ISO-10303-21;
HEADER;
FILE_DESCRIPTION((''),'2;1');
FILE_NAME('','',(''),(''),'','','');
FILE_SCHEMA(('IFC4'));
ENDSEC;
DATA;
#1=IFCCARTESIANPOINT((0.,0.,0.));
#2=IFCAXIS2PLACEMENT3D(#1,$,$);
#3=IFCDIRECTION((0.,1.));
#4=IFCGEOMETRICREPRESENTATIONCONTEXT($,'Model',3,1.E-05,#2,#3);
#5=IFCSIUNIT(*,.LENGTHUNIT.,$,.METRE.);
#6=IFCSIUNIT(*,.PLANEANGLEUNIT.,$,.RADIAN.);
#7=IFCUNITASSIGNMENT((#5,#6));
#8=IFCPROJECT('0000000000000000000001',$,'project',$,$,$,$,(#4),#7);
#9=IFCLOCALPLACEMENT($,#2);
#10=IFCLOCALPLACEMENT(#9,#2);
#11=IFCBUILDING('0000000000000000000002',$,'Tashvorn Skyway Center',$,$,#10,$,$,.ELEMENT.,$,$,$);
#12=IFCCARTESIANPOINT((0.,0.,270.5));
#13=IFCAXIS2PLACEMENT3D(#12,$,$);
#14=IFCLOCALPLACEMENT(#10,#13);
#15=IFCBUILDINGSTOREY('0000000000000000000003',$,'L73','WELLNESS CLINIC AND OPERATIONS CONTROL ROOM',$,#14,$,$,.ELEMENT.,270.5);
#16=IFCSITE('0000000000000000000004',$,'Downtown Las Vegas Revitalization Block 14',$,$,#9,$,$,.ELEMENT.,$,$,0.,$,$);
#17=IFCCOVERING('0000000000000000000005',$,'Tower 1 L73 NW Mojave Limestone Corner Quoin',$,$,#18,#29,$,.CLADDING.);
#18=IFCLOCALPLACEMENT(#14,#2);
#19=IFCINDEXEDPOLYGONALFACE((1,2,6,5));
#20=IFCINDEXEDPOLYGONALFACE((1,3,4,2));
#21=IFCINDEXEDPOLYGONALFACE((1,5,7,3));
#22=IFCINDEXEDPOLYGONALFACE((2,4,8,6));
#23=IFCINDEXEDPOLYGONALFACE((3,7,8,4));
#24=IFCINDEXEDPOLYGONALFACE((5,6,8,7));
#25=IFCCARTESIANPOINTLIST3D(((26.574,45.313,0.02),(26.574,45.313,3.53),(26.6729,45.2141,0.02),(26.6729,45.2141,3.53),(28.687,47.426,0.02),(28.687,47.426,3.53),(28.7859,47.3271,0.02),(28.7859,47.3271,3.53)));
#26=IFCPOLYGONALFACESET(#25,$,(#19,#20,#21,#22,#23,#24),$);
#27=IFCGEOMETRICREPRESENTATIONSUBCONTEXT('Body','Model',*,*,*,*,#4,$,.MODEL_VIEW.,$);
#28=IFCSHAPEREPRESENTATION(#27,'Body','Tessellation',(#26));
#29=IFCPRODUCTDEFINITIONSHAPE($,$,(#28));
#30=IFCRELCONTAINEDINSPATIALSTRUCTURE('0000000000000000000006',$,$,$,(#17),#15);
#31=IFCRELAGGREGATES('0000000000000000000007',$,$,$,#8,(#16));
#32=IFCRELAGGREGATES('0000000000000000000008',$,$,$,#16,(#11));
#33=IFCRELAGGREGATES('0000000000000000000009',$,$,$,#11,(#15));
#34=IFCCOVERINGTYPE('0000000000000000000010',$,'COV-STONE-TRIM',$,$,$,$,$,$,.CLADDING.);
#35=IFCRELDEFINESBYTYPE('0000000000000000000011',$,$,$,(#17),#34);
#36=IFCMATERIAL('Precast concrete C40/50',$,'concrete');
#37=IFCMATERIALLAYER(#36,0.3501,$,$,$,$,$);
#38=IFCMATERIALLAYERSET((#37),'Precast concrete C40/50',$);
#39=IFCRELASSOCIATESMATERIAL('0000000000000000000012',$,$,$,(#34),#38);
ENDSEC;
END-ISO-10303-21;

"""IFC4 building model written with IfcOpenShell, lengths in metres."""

from ifc_helpers import new_model, si_unit, direction, frame, origin, origin_2d, place, context, subcontext, project, spatial, rectangle, extrude, material, layer, layer_set, type_object, element, save


model = new_model("IFC4")

# Units and contexts
model_context = context("Model", 3, precision=1e-05, world=origin(), true_north=direction((0.0, 1.0)))
body_context = subcontext(model_context, "Body", "Model", "MODEL_VIEW")
ifc_project = project(units=[si_unit("LENGTHUNIT", "METRE"), si_unit("PLANEANGLEUNIT", "RADIAN")], contexts=[model_context])

# Site, building, storey
site_placement = place(None, origin())
site = spatial("IfcSite", under=ifc_project, at=site_placement, Name="Downtown Las Vegas Revitalization Block 14", CompositionType="ELEMENT", RefElevation=0.0)
building_placement = place(site_placement, origin())
building = spatial("IfcBuilding", under=site, at=building_placement, Name="Tashvorn Skyway Center", CompositionType="ELEMENT")
storey_placement = place(building_placement, frame((0.0, 0.0, 270.5)))
storey = spatial("IfcBuildingStorey", under=building, at=storey_placement, Name="L73", Description="WELLNESS CLINIC AND OPERATIONS CONTROL ROOM", CompositionType="ELEMENT", Elevation=270.5)

# Shared definitions
ifc_material_1 = material(Name="Precast concrete C40/50", Category="concrete")

# Covering
ifc_layer_1 = layer(ifc_material_1, 0.3501)
ifc_layer_set_1 = layer_set([ifc_layer_1], Name="Precast concrete C40/50")
covering_type = type_object("IfcCoveringType", Name="COV-STONE-TRIM", PredefinedType="CLADDING", material=ifc_layer_set_1)
covering_placement = place(storey_placement, frame((27.6799, 46.3201, 0.02), z_axis=(0.0, 0.0, 1.0), x_axis=(-0.707107, -0.707107, 0.0)))
element("IfcCovering", 1, at=covering_placement, inside=storey, type_object=covering_type, Name="Tower 1 L73 NW Mojave Limestone Corner Quoin", PredefinedType="CLADDING", context=body_context, shape_type="SweptSolid", body=[
    extrude(rectangle(XDim=2.9883, YDim=0.1399, at=origin_2d()), origin(), (0.0, 0.0, 1.0), 3.51),
])

save(model, "model.ifc")
